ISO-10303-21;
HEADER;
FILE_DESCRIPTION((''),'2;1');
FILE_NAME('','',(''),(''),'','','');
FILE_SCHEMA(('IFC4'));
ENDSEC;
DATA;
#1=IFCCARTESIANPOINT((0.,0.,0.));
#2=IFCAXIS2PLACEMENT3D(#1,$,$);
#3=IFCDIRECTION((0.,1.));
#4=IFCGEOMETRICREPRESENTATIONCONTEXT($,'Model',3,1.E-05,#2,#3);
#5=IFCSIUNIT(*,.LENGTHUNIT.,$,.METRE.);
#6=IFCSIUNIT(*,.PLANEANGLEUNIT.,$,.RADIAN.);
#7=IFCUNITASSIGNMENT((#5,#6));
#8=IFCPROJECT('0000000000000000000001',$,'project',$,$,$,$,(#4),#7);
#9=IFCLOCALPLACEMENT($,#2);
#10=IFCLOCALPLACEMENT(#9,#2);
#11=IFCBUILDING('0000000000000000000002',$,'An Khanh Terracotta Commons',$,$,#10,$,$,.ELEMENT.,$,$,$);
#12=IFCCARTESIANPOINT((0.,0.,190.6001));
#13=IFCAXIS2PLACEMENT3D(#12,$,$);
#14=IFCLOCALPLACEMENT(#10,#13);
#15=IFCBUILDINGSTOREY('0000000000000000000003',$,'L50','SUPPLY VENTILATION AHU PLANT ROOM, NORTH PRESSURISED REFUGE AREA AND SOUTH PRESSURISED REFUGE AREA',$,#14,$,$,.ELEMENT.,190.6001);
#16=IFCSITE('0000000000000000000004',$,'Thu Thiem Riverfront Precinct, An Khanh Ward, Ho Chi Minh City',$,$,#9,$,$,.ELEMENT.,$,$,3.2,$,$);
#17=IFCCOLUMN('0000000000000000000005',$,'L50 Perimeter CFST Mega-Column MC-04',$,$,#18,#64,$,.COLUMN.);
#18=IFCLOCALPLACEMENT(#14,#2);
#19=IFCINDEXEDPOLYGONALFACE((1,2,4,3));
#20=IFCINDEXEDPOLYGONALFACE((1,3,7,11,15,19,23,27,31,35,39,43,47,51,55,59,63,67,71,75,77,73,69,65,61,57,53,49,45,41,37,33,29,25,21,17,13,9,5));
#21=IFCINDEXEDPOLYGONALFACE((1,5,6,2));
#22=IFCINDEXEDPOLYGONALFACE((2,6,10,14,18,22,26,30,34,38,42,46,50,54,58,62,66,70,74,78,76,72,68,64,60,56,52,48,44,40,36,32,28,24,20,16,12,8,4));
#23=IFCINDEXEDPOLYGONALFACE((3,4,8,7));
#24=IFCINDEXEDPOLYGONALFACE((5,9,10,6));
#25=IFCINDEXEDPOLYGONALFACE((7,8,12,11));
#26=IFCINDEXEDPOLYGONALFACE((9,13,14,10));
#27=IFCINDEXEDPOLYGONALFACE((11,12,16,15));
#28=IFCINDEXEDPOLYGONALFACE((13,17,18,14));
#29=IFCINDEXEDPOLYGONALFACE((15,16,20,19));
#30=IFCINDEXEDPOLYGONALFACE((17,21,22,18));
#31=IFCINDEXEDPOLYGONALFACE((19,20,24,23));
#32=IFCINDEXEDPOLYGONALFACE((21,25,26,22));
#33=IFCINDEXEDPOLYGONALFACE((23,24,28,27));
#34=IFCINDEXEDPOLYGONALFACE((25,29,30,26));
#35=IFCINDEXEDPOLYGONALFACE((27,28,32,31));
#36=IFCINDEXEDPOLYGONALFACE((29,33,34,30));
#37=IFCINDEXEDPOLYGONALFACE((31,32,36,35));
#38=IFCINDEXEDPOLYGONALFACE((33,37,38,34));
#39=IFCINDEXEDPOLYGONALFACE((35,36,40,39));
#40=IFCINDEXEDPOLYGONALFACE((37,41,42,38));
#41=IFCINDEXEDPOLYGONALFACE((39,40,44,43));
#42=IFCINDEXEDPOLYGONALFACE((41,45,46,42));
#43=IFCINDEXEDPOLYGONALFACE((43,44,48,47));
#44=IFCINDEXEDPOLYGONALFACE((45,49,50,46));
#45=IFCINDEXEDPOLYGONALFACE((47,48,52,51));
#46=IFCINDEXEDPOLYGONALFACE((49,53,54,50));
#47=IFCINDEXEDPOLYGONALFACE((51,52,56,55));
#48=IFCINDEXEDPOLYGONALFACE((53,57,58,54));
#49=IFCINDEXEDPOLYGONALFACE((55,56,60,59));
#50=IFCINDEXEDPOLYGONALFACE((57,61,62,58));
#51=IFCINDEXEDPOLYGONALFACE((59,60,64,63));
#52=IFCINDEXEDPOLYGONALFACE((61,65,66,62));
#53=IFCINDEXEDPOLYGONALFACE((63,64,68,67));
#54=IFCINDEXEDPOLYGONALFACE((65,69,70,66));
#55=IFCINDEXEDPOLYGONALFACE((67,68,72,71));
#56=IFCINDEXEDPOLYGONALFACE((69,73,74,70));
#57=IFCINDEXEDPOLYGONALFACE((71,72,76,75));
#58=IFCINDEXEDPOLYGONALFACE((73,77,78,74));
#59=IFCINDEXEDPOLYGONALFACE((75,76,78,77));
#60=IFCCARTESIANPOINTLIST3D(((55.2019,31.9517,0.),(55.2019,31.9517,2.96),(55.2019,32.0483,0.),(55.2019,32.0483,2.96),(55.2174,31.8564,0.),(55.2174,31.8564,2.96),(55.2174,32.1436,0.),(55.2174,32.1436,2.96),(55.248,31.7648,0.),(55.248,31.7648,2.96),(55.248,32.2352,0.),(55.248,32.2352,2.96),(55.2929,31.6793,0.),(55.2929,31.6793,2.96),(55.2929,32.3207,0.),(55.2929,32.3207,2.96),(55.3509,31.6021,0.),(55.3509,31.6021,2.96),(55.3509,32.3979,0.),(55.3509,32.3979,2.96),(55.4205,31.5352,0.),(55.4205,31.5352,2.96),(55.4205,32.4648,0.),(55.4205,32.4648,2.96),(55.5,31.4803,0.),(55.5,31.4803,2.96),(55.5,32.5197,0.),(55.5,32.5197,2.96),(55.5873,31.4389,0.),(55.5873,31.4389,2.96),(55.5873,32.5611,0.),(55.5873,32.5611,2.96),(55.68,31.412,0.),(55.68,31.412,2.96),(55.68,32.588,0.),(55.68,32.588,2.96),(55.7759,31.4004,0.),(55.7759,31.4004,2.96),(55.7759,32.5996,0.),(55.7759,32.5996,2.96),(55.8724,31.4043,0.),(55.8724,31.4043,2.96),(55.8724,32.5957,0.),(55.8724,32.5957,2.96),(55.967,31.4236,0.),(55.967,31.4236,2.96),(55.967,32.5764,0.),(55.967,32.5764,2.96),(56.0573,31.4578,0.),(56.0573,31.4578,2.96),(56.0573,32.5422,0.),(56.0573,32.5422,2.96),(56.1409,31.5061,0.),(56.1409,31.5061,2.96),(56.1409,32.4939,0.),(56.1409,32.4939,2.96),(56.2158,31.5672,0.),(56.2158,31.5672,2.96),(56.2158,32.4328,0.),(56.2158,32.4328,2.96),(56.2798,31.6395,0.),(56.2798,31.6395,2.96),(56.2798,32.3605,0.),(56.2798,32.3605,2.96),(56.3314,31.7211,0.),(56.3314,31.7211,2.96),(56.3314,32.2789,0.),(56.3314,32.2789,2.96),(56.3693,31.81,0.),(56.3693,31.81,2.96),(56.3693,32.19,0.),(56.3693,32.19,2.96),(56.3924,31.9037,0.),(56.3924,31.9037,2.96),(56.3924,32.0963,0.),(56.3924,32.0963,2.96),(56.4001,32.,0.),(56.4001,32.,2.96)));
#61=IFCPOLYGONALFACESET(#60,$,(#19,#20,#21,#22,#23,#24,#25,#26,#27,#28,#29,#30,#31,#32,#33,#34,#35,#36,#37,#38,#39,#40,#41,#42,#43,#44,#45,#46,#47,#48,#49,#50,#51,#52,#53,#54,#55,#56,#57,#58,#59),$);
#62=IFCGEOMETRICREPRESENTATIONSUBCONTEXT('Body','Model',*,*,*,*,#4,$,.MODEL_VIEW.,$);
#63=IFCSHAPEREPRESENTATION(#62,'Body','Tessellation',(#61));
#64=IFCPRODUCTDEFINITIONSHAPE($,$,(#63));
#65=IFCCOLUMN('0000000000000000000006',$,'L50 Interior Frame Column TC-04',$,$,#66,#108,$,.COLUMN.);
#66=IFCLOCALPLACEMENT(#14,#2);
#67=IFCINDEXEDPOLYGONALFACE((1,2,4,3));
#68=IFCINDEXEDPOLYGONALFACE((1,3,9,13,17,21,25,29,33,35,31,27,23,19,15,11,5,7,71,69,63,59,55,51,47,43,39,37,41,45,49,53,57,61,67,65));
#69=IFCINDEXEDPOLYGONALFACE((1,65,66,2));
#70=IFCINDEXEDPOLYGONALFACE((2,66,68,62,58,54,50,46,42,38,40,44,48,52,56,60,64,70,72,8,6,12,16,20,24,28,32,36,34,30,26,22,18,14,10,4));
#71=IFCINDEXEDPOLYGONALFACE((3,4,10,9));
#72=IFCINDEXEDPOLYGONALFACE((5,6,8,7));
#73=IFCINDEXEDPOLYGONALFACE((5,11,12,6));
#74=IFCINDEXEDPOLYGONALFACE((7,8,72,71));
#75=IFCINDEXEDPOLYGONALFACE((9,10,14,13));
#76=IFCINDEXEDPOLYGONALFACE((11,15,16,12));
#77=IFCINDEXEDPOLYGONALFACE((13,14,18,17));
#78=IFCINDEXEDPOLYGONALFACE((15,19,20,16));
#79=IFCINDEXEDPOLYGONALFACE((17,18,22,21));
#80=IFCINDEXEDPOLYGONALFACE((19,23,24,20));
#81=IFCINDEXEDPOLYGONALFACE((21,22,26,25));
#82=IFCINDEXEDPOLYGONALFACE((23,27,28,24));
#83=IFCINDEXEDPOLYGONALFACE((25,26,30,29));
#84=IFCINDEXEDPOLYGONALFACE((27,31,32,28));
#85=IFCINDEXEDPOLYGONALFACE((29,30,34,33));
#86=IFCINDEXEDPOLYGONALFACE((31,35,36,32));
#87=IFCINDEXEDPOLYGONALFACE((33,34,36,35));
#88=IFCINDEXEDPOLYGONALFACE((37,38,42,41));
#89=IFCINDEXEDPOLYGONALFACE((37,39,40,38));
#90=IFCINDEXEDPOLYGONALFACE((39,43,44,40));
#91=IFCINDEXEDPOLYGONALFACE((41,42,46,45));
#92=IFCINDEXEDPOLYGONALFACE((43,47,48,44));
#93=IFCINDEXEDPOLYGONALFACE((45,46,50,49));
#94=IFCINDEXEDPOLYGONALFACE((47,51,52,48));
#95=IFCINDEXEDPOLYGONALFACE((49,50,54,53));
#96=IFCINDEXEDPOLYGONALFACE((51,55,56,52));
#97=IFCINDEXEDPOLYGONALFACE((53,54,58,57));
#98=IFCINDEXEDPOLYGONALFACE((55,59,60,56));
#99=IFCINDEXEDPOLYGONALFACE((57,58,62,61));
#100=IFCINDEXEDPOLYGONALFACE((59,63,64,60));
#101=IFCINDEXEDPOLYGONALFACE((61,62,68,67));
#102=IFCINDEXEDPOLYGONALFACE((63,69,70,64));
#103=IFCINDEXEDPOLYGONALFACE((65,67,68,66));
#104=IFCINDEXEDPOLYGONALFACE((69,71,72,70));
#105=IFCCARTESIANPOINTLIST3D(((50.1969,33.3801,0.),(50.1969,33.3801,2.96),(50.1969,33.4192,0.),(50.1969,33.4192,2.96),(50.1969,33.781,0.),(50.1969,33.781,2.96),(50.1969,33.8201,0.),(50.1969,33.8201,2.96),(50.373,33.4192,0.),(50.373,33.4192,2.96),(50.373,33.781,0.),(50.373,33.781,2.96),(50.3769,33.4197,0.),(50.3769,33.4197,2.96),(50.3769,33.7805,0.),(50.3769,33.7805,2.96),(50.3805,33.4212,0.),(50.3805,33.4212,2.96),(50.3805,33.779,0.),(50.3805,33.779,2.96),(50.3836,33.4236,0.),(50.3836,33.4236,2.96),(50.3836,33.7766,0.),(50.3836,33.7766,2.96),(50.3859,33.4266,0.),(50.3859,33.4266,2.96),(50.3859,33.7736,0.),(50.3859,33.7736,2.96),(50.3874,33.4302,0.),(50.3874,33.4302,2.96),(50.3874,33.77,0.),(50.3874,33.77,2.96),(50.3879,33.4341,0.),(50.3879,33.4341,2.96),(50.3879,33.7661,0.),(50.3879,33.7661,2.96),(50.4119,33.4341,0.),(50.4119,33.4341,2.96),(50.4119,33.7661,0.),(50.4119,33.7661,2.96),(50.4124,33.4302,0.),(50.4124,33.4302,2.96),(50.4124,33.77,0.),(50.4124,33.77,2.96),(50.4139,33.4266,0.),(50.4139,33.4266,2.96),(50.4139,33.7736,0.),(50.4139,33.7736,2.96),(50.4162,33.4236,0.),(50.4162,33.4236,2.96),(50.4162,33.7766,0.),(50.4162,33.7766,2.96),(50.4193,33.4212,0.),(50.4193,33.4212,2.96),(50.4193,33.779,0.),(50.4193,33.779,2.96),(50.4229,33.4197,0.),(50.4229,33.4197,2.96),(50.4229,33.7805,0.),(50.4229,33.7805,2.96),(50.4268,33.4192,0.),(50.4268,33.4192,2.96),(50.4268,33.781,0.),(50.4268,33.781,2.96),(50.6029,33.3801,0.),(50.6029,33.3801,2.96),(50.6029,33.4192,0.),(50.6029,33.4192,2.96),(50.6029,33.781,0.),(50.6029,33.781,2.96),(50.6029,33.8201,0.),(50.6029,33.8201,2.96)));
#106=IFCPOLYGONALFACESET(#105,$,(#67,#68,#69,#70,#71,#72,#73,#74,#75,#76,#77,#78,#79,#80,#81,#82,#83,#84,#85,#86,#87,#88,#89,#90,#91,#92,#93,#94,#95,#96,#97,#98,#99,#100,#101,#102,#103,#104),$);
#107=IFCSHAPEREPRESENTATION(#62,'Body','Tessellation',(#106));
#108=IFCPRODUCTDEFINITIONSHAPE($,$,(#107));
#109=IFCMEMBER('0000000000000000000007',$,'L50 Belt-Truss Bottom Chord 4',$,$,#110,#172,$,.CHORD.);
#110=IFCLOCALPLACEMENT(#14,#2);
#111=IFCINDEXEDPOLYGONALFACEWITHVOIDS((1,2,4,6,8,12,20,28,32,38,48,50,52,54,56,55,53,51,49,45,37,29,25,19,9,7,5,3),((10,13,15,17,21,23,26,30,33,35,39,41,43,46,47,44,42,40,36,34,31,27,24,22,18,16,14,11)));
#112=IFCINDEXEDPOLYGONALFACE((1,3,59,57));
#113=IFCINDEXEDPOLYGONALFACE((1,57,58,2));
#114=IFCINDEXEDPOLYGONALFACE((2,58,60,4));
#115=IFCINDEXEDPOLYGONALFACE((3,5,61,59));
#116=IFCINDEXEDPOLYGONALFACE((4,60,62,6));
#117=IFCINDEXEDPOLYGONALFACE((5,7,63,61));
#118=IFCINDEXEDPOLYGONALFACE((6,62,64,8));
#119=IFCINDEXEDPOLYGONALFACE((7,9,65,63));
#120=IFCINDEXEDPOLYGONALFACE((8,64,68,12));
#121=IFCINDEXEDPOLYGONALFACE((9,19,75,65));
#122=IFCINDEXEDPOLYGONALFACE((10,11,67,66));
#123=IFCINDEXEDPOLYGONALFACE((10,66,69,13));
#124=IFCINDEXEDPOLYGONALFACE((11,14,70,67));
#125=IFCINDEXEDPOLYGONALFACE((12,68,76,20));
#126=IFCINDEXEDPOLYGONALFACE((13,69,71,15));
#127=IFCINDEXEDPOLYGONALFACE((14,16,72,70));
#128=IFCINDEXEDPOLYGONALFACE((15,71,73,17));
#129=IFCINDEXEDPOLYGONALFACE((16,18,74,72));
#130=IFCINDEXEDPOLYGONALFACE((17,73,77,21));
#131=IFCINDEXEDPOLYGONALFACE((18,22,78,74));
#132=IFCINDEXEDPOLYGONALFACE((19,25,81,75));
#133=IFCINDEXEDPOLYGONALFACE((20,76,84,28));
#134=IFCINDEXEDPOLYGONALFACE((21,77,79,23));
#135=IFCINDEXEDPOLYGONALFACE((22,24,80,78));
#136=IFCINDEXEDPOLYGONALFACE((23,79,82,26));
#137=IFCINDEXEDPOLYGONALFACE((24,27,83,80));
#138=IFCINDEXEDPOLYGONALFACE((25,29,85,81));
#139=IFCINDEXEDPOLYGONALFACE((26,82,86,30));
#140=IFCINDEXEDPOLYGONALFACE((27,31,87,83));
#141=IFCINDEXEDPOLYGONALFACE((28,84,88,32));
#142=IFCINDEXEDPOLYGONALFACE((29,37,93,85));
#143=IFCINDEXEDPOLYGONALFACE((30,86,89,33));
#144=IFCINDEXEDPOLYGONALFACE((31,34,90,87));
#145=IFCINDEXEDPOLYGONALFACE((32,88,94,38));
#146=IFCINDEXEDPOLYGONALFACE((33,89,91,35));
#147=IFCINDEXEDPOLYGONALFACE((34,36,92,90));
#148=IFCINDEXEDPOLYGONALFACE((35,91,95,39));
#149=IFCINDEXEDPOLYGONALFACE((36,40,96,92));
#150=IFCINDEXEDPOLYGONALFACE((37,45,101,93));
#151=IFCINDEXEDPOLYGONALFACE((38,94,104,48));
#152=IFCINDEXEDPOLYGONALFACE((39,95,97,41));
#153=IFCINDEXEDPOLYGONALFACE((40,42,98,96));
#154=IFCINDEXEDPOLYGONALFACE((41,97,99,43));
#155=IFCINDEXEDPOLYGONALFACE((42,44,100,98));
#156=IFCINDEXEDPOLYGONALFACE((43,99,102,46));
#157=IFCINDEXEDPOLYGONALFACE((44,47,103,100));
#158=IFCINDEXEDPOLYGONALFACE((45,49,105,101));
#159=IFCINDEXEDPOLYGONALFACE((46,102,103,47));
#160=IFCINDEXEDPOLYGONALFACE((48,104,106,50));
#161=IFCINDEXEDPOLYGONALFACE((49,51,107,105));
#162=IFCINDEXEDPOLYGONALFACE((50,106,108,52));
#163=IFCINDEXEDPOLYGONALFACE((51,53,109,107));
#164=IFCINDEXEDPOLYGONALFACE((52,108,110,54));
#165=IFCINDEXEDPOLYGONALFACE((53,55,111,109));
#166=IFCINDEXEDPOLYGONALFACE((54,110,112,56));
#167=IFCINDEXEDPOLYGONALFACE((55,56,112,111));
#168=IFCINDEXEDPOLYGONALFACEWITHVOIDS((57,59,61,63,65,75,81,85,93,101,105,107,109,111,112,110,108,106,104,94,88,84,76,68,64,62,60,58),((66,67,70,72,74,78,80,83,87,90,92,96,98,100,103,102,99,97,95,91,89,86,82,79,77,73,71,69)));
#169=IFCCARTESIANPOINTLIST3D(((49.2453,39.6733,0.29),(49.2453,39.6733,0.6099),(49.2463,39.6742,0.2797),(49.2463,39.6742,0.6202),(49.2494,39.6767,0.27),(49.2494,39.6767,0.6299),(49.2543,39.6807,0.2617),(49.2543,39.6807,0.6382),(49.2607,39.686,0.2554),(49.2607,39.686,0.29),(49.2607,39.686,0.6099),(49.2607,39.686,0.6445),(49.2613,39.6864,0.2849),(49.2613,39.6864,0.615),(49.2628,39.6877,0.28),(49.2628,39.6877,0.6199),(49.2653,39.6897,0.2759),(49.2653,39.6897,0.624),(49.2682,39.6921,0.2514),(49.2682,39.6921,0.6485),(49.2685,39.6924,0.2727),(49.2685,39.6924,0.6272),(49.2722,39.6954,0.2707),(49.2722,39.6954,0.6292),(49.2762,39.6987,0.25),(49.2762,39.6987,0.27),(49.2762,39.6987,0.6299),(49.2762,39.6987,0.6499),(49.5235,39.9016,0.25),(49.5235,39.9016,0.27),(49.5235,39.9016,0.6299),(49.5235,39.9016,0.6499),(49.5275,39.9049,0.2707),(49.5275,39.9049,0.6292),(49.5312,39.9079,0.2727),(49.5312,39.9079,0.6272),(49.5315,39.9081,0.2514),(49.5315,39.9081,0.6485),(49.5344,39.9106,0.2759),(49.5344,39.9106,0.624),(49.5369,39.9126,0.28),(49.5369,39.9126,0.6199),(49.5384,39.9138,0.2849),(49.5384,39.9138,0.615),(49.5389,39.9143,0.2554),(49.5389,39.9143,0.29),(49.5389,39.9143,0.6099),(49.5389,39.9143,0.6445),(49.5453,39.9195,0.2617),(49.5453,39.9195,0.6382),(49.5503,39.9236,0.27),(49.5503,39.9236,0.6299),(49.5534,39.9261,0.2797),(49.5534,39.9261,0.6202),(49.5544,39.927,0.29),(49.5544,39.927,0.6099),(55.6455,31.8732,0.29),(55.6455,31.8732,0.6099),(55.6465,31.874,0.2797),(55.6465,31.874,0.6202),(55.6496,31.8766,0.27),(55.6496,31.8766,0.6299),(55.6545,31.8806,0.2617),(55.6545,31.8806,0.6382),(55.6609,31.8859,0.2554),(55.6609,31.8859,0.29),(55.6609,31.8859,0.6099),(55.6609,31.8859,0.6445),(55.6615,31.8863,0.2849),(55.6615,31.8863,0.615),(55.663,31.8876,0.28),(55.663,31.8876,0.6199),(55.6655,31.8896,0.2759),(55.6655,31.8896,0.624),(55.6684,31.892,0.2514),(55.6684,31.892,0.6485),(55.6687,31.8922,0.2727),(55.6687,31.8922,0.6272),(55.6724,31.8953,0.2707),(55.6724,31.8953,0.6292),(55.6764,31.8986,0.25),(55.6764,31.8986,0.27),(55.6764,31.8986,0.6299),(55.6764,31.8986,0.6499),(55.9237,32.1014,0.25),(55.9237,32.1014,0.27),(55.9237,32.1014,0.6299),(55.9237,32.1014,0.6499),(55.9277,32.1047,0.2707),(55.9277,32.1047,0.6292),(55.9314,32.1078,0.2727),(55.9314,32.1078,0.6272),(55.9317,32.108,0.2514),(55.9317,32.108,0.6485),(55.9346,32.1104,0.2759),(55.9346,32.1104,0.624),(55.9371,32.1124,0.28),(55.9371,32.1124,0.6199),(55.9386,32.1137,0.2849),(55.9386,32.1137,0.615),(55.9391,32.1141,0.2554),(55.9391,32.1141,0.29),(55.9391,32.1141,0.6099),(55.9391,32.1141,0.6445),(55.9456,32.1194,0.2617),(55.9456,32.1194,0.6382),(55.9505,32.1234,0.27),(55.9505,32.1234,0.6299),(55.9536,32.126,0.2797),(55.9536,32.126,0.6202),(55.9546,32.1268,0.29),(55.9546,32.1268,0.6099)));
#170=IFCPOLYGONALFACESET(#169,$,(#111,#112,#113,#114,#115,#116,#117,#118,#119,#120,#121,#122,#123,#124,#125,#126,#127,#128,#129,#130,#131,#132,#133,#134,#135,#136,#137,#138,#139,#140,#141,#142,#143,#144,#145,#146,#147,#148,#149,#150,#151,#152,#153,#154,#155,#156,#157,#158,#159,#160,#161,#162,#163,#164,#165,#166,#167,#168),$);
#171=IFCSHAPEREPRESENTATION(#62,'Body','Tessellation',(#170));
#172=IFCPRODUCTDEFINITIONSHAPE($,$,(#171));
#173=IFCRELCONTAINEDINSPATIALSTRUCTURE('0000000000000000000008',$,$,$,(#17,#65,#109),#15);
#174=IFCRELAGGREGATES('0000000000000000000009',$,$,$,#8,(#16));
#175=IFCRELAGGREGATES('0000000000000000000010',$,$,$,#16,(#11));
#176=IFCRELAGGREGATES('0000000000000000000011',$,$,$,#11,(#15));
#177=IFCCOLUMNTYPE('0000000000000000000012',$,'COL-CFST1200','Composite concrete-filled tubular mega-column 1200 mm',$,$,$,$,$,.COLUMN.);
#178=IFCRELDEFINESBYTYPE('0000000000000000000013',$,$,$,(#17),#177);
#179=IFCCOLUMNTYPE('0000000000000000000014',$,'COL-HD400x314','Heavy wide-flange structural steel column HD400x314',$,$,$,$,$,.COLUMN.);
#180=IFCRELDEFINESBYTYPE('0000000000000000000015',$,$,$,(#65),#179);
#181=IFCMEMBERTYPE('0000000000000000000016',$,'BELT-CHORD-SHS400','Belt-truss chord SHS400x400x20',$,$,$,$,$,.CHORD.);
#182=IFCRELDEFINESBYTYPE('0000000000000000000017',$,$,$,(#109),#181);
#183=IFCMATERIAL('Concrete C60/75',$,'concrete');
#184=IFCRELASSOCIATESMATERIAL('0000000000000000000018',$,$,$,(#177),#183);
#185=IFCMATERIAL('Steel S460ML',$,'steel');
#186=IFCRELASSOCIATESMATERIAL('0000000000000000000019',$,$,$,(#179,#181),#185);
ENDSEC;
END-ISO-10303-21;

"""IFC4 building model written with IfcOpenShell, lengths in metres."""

from ifc_helpers import new_model, si_unit, direction, frame, origin, origin_2d, place, context, subcontext, project, spatial, hollow_rectangle, circle, i_section, extrude, material, material_profile, profile_set, type_object, element, save


model = new_model("IFC4")

# Units and contexts
model_context = context("Model", 3, precision=1e-05, world=origin(), true_north=direction((0.0, 1.0)))
body_context = subcontext(model_context, "Body", "Model", "MODEL_VIEW")
ifc_project = project(units=[si_unit("LENGTHUNIT", "METRE"), si_unit("PLANEANGLEUNIT", "RADIAN")], contexts=[model_context])

# Site, building, storey
site_placement = place(None, origin())
site = spatial("IfcSite", under=ifc_project, at=site_placement, Name="Thu Thiem Riverfront Precinct, An Khanh Ward, Ho Chi Minh City", CompositionType="ELEMENT", RefElevation=3.2)
building_placement = place(site_placement, origin())
building = spatial("IfcBuilding", under=site, at=building_placement, Name="An Khanh Terracotta Commons", CompositionType="ELEMENT")
storey_placement = place(building_placement, frame((0.0, 0.0, 190.6001)))
storey = spatial("IfcBuildingStorey", under=building, at=storey_placement, Name="L50", Description="SUPPLY VENTILATION AHU PLANT ROOM, NORTH PRESSURISED REFUGE AREA AND SOUTH PRESSURISED REFUGE AREA", CompositionType="ELEMENT", Elevation=190.6001)

# Columns
ifc_material_1 = material(Name="Concrete C60/75", Category="concrete")
ifc_material_profile_1 = material_profile(ifc_material_1, circle(Radius=0.6001, at=origin_2d()), Name="CFST1200")
ifc_profile_set_1 = profile_set([ifc_material_profile_1], Name="Concrete C60/75")
column_type_1 = type_object("IfcColumnType", Name="COL-CFST1200", Description="Composite concrete-filled tubular mega-column 1200 mm", PredefinedType="COLUMN", material=ifc_profile_set_1)
column_1_placement = place(storey_placement, frame((55.8, 32.0, 0.0), z_axis=(0.0, 0.0, 1.0), x_axis=(1.0, 0.0, 0.0)))
element("IfcColumn", 1, at=column_1_placement, inside=storey, type_object=column_type_1, Name="L50 Perimeter CFST Mega-Column MC-04", PredefinedType="COLUMN", context=body_context, shape_type="SweptSolid", body=[
    extrude(circle(Radius=0.6001, at=origin_2d()), origin(), (0.0, 0.0, 1.0), 2.96),
])
ifc_material_2 = material(Name="Steel S460ML", Category="steel")
ifc_material_profile_2 = material_profile(ifc_material_2, i_section(OverallWidth=0.406, OverallDepth=0.4399, WebThickness=0.0239, FlangeThickness=0.0391, FilletRadius=0.0149, at=origin_2d()), Name="HD400x314")
ifc_profile_set_2 = profile_set([ifc_material_profile_2], Name="Steel S460ML")
column_type_2 = type_object("IfcColumnType", Name="COL-HD400x314", Description="Heavy wide-flange structural steel column HD400x314", PredefinedType="COLUMN", material=ifc_profile_set_2)
column_2_placement = place(storey_placement, frame((50.3999, 33.6001, 0.0), z_axis=(0.0, 0.0, 1.0), x_axis=(1.0, 0.0, 0.0)))
element("IfcColumn", 2, at=column_2_placement, inside=storey, type_object=column_type_2, Name="L50 Interior Frame Column TC-04", PredefinedType="COLUMN", context=body_context, shape_type="SweptSolid", body=[
    extrude(i_section(OverallWidth=0.406, OverallDepth=0.4399, WebThickness=0.0239, FlangeThickness=0.0391, FilletRadius=0.0149, at=origin_2d()), origin(), (0.0, 0.0, 1.0), 2.96),
])

# Member
ifc_material_profile_3 = material_profile(ifc_material_2, hollow_rectangle(XDim=0.3999, YDim=0.3999, WallThickness=0.02, InnerFilletRadius=0.02, OuterFilletRadius=0.04, at=origin_2d()), Name="SHS400x400x20")
ifc_profile_set_3 = profile_set([ifc_material_profile_3], Name="Steel S460ML")
member_type_1 = type_object("IfcMemberType", Name="BELT-CHORD-SHS400", Description="Belt-truss chord SHS400x400x20", PredefinedType="CHORD", material=ifc_profile_set_3)
for number, where, z_axis, x_axis, name in (
    (3, (55.8, 32.0, 0.45), (-0.634323, 0.773068, 0.0), (-0.773068, -0.634323, 0.0), "L50 Belt-Truss Bottom Chord 4"),
):
    element("IfcMember", number, at=place(storey_placement, frame(where, z_axis=z_axis, x_axis=x_axis)), inside=storey, type_object=member_type_1, Name=name, PredefinedType="CHORD", context=body_context, shape_type="SweptSolid", body=[
        extrude(hollow_rectangle(XDim=0.3999, YDim=0.3999, WallThickness=0.02, InnerFilletRadius=0.02, OuterFilletRadius=0.04, at=origin_2d()), origin(), (0.0, 0.0, 1.0), 10.0898),
    ])

save(model, "model.ifc")
